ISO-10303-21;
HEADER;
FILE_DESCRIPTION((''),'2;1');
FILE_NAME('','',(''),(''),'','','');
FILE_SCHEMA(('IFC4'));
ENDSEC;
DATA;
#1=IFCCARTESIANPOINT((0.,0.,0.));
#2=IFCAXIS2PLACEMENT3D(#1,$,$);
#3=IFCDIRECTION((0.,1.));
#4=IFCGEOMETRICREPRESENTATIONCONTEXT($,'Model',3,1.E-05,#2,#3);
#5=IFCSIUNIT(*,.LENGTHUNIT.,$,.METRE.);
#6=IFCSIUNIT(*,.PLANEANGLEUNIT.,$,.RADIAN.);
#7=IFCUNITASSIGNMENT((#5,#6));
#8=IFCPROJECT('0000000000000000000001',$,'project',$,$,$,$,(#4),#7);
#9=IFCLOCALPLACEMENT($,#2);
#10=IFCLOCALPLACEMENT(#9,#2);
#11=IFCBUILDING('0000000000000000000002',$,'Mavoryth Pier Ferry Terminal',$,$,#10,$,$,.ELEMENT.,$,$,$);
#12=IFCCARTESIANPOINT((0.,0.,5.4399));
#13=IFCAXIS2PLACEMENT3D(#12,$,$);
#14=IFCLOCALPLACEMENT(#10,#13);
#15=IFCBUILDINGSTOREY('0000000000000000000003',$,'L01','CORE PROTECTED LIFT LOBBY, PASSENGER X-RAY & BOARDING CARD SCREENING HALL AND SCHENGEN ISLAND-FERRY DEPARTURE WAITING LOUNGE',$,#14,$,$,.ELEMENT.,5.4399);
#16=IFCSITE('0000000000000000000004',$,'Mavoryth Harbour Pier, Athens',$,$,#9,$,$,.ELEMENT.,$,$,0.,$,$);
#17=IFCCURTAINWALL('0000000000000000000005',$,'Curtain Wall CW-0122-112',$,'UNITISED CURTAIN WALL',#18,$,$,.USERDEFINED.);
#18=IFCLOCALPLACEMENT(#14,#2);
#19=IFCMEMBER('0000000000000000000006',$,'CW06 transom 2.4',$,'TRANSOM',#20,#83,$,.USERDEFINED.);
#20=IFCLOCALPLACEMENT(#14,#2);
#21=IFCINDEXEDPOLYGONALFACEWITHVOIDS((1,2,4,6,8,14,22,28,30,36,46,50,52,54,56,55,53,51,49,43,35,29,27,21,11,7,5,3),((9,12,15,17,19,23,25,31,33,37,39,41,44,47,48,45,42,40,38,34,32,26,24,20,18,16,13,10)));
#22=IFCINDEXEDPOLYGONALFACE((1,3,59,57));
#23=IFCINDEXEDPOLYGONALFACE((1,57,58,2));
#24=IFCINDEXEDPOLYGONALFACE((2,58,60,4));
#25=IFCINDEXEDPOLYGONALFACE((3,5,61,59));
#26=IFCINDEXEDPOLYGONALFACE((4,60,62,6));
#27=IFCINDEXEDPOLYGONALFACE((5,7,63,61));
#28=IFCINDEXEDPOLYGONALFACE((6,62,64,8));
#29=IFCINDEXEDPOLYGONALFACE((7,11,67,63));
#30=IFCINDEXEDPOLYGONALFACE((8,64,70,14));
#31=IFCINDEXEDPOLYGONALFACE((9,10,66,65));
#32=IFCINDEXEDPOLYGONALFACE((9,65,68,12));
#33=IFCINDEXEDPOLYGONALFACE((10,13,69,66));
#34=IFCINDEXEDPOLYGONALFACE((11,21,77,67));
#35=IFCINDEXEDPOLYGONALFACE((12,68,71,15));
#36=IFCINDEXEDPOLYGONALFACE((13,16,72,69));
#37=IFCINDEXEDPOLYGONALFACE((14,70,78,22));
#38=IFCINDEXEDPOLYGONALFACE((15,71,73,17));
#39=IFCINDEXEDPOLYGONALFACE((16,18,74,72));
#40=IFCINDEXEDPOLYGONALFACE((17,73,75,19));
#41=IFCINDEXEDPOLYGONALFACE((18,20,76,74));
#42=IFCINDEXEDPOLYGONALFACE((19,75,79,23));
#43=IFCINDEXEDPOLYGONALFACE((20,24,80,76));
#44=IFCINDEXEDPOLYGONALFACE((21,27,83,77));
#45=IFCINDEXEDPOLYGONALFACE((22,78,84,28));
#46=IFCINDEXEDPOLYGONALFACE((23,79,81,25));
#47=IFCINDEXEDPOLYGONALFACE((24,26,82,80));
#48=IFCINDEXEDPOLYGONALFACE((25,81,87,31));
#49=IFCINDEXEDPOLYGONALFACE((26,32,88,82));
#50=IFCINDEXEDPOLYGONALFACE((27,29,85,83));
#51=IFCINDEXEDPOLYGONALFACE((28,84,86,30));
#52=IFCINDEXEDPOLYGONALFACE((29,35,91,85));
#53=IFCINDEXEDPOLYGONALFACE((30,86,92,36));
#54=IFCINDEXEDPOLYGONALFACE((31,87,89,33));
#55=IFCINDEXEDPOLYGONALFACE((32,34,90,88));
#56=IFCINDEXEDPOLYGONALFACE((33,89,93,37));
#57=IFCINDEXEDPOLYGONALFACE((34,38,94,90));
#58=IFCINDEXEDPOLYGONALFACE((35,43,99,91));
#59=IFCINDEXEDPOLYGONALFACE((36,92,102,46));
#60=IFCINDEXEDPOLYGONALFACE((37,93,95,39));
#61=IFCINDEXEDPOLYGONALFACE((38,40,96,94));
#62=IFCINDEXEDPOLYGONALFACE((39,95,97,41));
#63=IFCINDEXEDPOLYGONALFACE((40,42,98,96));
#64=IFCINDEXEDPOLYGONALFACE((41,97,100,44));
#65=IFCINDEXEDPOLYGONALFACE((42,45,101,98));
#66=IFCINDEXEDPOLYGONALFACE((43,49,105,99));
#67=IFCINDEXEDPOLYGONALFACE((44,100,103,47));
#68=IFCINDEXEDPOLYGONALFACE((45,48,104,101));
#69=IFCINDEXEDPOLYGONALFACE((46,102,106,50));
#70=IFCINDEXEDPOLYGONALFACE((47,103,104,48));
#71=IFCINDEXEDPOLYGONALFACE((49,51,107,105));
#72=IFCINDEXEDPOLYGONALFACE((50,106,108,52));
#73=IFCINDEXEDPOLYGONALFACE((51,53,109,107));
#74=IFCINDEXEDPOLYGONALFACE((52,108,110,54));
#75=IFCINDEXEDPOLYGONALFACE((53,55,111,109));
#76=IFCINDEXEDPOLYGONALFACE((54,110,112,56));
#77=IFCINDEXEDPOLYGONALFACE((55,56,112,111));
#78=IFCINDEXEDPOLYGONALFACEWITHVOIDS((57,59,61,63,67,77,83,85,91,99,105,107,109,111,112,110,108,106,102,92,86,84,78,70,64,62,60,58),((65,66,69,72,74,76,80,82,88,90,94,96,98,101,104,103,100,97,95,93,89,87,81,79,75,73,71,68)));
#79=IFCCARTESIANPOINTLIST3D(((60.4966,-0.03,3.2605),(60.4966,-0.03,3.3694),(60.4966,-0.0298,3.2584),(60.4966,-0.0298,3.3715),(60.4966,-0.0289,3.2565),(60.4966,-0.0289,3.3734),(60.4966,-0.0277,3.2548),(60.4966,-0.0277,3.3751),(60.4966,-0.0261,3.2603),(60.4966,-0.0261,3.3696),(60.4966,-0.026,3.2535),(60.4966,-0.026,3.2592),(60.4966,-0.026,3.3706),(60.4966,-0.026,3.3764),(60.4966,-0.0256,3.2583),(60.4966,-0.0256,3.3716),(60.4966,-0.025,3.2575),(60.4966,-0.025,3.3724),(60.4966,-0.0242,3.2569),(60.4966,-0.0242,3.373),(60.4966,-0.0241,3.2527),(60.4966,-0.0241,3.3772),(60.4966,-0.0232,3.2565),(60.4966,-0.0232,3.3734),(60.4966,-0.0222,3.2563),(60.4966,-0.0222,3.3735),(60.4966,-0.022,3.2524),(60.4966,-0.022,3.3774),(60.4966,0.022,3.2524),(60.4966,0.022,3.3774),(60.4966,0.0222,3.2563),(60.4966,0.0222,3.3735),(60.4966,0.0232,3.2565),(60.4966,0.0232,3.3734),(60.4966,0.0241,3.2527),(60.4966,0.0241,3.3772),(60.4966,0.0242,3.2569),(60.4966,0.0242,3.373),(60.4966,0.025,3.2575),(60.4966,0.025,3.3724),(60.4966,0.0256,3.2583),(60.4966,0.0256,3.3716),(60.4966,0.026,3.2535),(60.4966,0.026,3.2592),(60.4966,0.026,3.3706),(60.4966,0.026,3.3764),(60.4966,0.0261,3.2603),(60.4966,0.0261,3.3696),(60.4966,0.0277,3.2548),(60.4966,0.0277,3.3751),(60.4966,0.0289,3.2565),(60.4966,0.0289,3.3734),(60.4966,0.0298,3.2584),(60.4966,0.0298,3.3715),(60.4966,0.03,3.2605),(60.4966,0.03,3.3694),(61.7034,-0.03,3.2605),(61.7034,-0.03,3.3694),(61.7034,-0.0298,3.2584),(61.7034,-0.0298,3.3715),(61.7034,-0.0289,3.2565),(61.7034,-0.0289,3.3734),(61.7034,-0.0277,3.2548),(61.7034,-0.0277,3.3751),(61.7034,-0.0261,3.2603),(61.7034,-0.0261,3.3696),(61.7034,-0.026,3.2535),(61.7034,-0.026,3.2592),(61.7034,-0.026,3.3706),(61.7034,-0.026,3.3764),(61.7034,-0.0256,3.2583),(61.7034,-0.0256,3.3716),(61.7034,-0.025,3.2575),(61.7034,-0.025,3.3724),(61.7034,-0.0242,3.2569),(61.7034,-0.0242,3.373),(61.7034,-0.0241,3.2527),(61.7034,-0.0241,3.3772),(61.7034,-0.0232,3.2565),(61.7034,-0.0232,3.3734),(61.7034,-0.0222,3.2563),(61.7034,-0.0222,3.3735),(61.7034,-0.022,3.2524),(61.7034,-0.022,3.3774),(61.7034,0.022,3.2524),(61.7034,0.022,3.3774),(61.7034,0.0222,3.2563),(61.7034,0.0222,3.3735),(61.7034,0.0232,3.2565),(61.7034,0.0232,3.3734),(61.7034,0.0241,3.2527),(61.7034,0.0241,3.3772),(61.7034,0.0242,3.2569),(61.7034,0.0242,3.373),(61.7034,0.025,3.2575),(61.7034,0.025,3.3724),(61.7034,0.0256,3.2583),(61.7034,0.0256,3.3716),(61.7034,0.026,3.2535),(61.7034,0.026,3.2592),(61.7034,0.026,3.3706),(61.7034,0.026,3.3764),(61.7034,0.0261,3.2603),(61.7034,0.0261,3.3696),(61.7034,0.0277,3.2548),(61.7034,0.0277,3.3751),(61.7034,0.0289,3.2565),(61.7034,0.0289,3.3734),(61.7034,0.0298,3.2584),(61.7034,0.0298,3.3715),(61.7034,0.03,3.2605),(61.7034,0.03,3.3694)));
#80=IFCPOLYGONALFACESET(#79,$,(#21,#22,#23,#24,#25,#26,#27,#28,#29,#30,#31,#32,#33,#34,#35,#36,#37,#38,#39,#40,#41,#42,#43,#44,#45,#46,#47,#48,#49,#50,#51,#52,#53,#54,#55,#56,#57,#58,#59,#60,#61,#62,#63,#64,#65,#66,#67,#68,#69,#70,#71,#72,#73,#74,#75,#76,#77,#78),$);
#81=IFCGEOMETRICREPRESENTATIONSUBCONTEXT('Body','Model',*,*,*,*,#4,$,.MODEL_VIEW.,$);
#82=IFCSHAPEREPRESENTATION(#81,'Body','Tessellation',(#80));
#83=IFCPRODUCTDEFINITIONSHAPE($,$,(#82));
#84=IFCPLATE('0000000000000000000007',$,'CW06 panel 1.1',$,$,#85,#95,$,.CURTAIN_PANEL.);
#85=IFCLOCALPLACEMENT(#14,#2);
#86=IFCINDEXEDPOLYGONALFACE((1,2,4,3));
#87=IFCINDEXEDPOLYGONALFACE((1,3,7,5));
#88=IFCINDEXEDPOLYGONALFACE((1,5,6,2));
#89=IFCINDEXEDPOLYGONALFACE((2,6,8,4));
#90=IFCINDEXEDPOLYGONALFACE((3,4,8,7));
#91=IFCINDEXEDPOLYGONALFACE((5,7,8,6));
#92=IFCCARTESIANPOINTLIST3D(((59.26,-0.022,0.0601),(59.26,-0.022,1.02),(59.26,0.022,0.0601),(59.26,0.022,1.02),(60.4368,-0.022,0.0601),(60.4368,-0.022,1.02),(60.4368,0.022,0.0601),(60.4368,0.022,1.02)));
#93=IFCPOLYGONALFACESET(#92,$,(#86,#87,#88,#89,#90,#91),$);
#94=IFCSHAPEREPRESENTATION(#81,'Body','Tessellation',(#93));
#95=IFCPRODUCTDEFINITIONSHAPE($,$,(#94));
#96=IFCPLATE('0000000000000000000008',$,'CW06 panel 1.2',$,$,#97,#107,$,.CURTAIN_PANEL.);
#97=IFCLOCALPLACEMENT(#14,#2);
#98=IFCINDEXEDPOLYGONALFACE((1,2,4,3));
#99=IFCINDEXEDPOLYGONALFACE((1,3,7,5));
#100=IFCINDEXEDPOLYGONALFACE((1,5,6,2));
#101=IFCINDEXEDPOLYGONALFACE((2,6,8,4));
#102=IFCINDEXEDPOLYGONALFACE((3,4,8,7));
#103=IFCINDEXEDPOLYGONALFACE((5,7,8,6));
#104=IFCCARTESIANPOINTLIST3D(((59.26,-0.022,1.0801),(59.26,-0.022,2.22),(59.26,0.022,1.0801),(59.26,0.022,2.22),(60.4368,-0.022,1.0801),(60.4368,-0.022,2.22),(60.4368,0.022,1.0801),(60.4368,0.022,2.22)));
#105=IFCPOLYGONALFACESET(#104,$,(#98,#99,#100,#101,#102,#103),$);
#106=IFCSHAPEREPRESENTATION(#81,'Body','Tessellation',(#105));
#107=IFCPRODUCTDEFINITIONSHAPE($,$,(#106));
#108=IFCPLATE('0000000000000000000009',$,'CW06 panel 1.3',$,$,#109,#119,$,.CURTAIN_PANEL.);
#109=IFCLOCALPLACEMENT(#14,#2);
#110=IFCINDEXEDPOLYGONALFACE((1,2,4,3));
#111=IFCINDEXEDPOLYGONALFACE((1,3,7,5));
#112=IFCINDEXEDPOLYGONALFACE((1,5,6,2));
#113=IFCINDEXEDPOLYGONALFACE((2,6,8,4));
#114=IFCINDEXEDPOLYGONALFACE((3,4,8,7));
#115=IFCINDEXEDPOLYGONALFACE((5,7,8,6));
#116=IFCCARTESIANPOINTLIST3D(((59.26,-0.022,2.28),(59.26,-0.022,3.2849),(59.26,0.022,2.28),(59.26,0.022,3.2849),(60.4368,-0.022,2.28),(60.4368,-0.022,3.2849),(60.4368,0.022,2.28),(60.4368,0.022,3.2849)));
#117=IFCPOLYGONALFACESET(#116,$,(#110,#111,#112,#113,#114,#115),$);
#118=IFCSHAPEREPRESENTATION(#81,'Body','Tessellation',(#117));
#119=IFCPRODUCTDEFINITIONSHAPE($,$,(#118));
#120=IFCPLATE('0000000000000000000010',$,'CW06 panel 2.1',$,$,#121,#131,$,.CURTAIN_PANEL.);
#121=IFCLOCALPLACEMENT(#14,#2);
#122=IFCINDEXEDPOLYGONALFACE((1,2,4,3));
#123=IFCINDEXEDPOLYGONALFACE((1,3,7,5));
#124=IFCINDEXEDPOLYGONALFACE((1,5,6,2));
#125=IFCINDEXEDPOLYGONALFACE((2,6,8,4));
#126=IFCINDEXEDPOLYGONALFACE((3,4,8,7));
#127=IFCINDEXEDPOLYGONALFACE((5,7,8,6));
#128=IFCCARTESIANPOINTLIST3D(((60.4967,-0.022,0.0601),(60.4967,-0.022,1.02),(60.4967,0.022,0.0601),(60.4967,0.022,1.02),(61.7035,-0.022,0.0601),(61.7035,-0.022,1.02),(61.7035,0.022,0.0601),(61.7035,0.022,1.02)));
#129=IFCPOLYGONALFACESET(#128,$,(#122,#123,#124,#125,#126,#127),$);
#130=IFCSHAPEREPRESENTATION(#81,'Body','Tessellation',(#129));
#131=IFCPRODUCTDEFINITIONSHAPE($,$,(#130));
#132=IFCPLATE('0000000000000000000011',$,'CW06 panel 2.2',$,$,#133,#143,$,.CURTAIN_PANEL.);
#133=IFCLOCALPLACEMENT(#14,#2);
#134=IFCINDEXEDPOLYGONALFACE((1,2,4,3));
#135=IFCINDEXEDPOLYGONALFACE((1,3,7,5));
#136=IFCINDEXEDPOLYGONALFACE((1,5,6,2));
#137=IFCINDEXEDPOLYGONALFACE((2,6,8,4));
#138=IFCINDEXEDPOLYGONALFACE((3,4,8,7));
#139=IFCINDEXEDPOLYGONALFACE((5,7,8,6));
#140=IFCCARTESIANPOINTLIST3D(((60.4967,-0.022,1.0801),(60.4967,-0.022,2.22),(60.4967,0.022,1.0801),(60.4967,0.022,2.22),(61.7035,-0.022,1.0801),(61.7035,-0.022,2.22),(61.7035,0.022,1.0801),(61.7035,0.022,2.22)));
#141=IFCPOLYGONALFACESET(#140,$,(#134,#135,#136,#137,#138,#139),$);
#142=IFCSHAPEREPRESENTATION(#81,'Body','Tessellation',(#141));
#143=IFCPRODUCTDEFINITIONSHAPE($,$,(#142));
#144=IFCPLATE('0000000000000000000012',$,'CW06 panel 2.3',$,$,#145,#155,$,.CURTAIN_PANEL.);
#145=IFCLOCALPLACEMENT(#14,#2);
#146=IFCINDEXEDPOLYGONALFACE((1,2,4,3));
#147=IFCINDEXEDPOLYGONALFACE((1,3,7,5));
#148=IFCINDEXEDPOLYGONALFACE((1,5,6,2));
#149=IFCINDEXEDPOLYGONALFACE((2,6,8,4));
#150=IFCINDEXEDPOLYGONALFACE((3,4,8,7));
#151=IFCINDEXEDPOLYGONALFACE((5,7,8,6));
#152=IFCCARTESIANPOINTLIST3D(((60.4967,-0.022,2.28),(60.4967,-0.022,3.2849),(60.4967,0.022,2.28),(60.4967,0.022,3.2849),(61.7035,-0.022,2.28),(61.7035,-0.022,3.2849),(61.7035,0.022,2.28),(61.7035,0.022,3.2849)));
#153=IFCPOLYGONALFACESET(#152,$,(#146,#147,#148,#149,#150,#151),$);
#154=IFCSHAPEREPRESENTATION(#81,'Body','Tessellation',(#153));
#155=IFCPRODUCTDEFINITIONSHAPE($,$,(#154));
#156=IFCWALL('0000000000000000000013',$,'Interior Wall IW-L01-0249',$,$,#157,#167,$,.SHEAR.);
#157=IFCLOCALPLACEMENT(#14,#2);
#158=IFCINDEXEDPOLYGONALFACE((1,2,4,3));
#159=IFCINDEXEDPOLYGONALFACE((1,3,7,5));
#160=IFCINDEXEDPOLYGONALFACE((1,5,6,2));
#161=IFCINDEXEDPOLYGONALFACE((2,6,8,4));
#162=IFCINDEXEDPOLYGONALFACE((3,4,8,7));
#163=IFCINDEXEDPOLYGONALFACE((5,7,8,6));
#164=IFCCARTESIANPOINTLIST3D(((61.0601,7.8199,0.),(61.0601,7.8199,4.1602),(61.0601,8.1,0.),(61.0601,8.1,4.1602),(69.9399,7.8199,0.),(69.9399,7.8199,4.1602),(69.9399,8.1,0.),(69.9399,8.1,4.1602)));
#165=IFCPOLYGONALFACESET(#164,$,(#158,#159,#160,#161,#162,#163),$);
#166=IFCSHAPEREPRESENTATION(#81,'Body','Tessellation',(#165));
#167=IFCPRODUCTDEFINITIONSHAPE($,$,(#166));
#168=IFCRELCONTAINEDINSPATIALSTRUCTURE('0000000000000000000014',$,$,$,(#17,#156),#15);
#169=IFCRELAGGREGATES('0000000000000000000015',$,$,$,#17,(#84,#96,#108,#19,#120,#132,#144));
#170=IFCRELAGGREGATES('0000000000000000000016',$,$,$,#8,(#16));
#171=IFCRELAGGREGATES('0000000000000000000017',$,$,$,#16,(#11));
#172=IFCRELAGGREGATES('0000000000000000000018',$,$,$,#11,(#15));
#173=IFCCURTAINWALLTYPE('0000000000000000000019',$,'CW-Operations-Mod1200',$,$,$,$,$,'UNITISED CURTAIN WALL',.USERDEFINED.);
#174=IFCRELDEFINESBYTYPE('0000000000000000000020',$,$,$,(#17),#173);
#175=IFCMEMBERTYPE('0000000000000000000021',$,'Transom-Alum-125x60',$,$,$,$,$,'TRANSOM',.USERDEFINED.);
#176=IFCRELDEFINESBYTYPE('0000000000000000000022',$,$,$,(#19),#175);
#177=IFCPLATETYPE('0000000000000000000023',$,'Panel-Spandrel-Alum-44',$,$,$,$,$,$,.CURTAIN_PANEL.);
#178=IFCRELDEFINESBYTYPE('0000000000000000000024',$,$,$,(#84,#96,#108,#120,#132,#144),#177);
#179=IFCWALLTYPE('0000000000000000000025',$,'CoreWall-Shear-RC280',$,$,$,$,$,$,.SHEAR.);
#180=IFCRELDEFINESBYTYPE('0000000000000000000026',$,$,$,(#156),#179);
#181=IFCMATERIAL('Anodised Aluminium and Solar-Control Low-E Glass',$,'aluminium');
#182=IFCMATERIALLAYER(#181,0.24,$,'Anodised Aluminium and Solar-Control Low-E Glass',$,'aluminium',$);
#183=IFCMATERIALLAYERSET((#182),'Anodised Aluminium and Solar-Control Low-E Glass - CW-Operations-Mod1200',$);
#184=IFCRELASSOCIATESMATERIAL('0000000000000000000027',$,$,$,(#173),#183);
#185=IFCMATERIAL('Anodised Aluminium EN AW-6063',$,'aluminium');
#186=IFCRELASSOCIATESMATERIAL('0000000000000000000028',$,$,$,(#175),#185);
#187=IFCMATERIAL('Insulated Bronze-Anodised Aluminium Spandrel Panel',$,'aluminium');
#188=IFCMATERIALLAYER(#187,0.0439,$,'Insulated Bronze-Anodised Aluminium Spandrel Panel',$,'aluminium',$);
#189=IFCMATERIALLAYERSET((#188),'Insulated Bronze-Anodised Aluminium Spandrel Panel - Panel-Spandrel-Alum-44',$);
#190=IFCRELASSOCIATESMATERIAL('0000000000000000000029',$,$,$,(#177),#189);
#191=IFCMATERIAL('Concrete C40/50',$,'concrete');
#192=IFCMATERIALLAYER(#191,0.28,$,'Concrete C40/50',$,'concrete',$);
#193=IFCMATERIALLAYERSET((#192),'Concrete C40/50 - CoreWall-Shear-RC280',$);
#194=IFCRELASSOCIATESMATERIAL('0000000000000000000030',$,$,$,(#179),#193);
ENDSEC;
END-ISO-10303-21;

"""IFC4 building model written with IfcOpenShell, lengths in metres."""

from ifc_helpers import new_model, si_unit, direction, frame, frame_2d, origin, origin_2d, place, context, subcontext, project, spatial, rectangle, hollow_rectangle, extrude, material, layer, layer_set, material_profile, profile_set, type_object, element, aggregate, save


model = new_model("IFC4")

# Units and contexts
model_context = context("Model", 3, precision=1e-05, world=origin(), true_north=direction((0.0, 1.0)))
body_context = subcontext(model_context, "Body", "Model", "MODEL_VIEW")
ifc_project = project(units=[si_unit("LENGTHUNIT", "METRE"), si_unit("PLANEANGLEUNIT", "RADIAN")], contexts=[model_context])

# Site, building, storey
site_placement = place(None, origin())
site = spatial("IfcSite", under=ifc_project, at=site_placement, Name="Mavoryth Harbour Pier, Athens", CompositionType="ELEMENT", RefElevation=0.0)
building_placement = place(site_placement, origin())
building = spatial("IfcBuilding", under=site, at=building_placement, Name="Mavoryth Pier Ferry Terminal", CompositionType="ELEMENT")
storey_placement = place(building_placement, frame((0.0, 0.0, 5.4399)))
storey = spatial("IfcBuildingStorey", under=building, at=storey_placement, Name="L01", Description="CORE PROTECTED LIFT LOBBY, PASSENGER X-RAY & BOARDING CARD SCREENING HALL AND SCHENGEN ISLAND-FERRY DEPARTURE WAITING LOUNGE", CompositionType="ELEMENT", Elevation=5.4399)

# Shared definitions
ifc_material_1 = material(Name="Concrete C40/50", Category="concrete")

# Curtain wall, member, plates
ifc_material_2 = material(Name="Anodised Aluminium and Solar-Control Low-E Glass", Category="aluminium")
ifc_layer_1 = layer(ifc_material_2, 0.24, Name="Anodised Aluminium and Solar-Control Low-E Glass", Category="aluminium")
ifc_layer_set_1 = layer_set([ifc_layer_1], Name="Anodised Aluminium and Solar-Control Low-E Glass - CW-Operations-Mod1200")
curtain_wall_type = type_object("IfcCurtainWallType", Name="CW-Operations-Mod1200", ElementType="UNITISED CURTAIN WALL", PredefinedType="USERDEFINED", material=ifc_layer_set_1)
curtain_wall_placement = place(storey_placement, origin())
curtain_wall = element("IfcCurtainWall", 1, at=curtain_wall_placement, inside=storey, type_object=curtain_wall_type, Name="Curtain Wall CW-0122-112", ObjectType="UNITISED CURTAIN WALL", PredefinedType="USERDEFINED")
ifc_material_3 = material(Name="Anodised Aluminium EN AW-6063", Category="aluminium")
ifc_material_profile_1 = material_profile(ifc_material_3, hollow_rectangle(XDim=0.0601, YDim=0.125, WallThickness=0.0039, InnerFilletRadius=0.0039, OuterFilletRadius=0.0081, at=origin_2d()), Name="AL-TRAN 125x60x4", Category="aluminium")
ifc_profile_set_1 = profile_set([ifc_material_profile_1], Name="Anodised Aluminium EN AW-6063 - AL-TRAN 125x60x4")
member_type_1 = type_object("IfcMemberType", Name="Transom-Alum-125x60", ElementType="TRANSOM", PredefinedType="USERDEFINED", material=ifc_profile_set_1)
member_1_placement = place(storey_placement, frame((60.4966, 0.0, 3.3149), z_axis=(1.0, 0.0, 0.0), x_axis=(0.0, 1.0, 0.0)))
member_1 = element("IfcMember", 2, at=member_1_placement, type_object=member_type_1, Name="CW06 transom 2.4", ObjectType="TRANSOM", PredefinedType="USERDEFINED", context=body_context, shape_type="SweptSolid", body=[
    extrude(hollow_rectangle(XDim=0.0601, YDim=0.125, WallThickness=0.0039, InnerFilletRadius=0.0039, OuterFilletRadius=0.0081, at=origin_2d()), origin(), (0.0, 0.0, 1.0), 1.2068),
])
ifc_material_4 = material(Name="Insulated Bronze-Anodised Aluminium Spandrel Panel", Category="aluminium")
ifc_layer_2 = layer(ifc_material_4, 0.0439, Name="Insulated Bronze-Anodised Aluminium Spandrel Panel", Category="aluminium")
ifc_layer_set_2 = layer_set([ifc_layer_2], Name="Insulated Bronze-Anodised Aluminium Spandrel Panel - Panel-Spandrel-Alum-44")
plate_type = type_object("IfcPlateType", Name="Panel-Spandrel-Alum-44", PredefinedType="CURTAIN_PANEL", material=ifc_layer_set_2)
plate_1_placement = place(storey_placement, frame((59.8484, 0.0, 0.0601), z_axis=(0.0, 0.0, 1.0), x_axis=(1.0, 0.0, 0.0)))
plate_1 = element("IfcPlate", 3, at=plate_1_placement, type_object=plate_type, Name="CW06 panel 1.1", PredefinedType="CURTAIN_PANEL", context=body_context, shape_type="SweptSolid", body=[
    extrude(rectangle(XDim=1.1768, YDim=0.0439, at=origin_2d()), origin(), (0.0, 0.0, 1.0), 0.96),
])
plate_2_placement = place(storey_placement, frame((59.8484, 0.0, 1.0801), z_axis=(0.0, 0.0, 1.0), x_axis=(1.0, 0.0, 0.0)))
plate_2 = element("IfcPlate", 4, at=plate_2_placement, type_object=plate_type, Name="CW06 panel 1.2", PredefinedType="CURTAIN_PANEL", context=body_context, shape_type="SweptSolid", body=[
    extrude(rectangle(XDim=1.1768, YDim=0.0439, at=origin_2d()), origin(), (0.0, 0.0, 1.0), 1.1399),
])
plate_3_placement = place(storey_placement, frame((59.8484, 0.0, 2.28), z_axis=(0.0, 0.0, 1.0), x_axis=(1.0, 0.0, 0.0)))
plate_3 = element("IfcPlate", 5, at=plate_3_placement, type_object=plate_type, Name="CW06 panel 1.3", PredefinedType="CURTAIN_PANEL", context=body_context, shape_type="SweptSolid", body=[
    extrude(rectangle(XDim=1.1768, YDim=0.0439, at=origin_2d()), origin(), (0.0, 0.0, 1.0), 1.0049),
])
plate_4_placement = place(storey_placement, frame((61.1001, 0.0, 0.0601), z_axis=(0.0, 0.0, 1.0), x_axis=(1.0, 0.0, 0.0)))
plate_4 = element("IfcPlate", 6, at=plate_4_placement, type_object=plate_type, Name="CW06 panel 2.1", PredefinedType="CURTAIN_PANEL", context=body_context, shape_type="SweptSolid", body=[
    extrude(rectangle(XDim=1.2068, YDim=0.0439, at=origin_2d()), origin(), (0.0, 0.0, 1.0), 0.96),
])
plate_5_placement = place(storey_placement, frame((61.1001, 0.0, 1.0801), z_axis=(0.0, 0.0, 1.0), x_axis=(1.0, 0.0, 0.0)))
plate_5 = element("IfcPlate", 7, at=plate_5_placement, type_object=plate_type, Name="CW06 panel 2.2", PredefinedType="CURTAIN_PANEL", context=body_context, shape_type="SweptSolid", body=[
    extrude(rectangle(XDim=1.2068, YDim=0.0439, at=origin_2d()), origin(), (0.0, 0.0, 1.0), 1.1399),
])
plate_6_placement = place(storey_placement, frame((61.1001, 0.0, 2.28), z_axis=(0.0, 0.0, 1.0), x_axis=(1.0, 0.0, 0.0)))
plate_6 = element("IfcPlate", 8, at=plate_6_placement, type_object=plate_type, Name="CW06 panel 2.3", PredefinedType="CURTAIN_PANEL", context=body_context, shape_type="SweptSolid", body=[
    extrude(rectangle(XDim=1.2068, YDim=0.0439, at=origin_2d()), origin(), (0.0, 0.0, 1.0), 1.0049),
])
aggregate(curtain_wall, [plate_1, plate_2, plate_3, member_1, plate_4, plate_5, plate_6])

# Wall
ifc_layer_3 = layer(ifc_material_1, 0.28, Name="Concrete C40/50", Category="concrete")
ifc_layer_set_3 = layer_set([ifc_layer_3], Name="Concrete C40/50 - CoreWall-Shear-RC280")
wall_type_1 = type_object("IfcWallType", Name="CoreWall-Shear-RC280", PredefinedType="SHEAR", material=ifc_layer_set_3)
wall_1_placement = place(storey_placement, frame((61.0601, 7.96, 0.0), z_axis=(0.0, 0.0, 1.0), x_axis=(1.0, 0.0, 0.0)))
element("IfcWall", 9, at=wall_1_placement, inside=storey, type_object=wall_type_1, Name="Interior Wall IW-L01-0249", PredefinedType="SHEAR", context=body_context, shape_type="SweptSolid", body=[
    extrude(rectangle(XDim=8.8799, YDim=0.28, at=frame_2d((4.4399, 0.0))), origin(), (0.0, 0.0, 1.0), 4.1602),
])

save(model, "model.ifc")
